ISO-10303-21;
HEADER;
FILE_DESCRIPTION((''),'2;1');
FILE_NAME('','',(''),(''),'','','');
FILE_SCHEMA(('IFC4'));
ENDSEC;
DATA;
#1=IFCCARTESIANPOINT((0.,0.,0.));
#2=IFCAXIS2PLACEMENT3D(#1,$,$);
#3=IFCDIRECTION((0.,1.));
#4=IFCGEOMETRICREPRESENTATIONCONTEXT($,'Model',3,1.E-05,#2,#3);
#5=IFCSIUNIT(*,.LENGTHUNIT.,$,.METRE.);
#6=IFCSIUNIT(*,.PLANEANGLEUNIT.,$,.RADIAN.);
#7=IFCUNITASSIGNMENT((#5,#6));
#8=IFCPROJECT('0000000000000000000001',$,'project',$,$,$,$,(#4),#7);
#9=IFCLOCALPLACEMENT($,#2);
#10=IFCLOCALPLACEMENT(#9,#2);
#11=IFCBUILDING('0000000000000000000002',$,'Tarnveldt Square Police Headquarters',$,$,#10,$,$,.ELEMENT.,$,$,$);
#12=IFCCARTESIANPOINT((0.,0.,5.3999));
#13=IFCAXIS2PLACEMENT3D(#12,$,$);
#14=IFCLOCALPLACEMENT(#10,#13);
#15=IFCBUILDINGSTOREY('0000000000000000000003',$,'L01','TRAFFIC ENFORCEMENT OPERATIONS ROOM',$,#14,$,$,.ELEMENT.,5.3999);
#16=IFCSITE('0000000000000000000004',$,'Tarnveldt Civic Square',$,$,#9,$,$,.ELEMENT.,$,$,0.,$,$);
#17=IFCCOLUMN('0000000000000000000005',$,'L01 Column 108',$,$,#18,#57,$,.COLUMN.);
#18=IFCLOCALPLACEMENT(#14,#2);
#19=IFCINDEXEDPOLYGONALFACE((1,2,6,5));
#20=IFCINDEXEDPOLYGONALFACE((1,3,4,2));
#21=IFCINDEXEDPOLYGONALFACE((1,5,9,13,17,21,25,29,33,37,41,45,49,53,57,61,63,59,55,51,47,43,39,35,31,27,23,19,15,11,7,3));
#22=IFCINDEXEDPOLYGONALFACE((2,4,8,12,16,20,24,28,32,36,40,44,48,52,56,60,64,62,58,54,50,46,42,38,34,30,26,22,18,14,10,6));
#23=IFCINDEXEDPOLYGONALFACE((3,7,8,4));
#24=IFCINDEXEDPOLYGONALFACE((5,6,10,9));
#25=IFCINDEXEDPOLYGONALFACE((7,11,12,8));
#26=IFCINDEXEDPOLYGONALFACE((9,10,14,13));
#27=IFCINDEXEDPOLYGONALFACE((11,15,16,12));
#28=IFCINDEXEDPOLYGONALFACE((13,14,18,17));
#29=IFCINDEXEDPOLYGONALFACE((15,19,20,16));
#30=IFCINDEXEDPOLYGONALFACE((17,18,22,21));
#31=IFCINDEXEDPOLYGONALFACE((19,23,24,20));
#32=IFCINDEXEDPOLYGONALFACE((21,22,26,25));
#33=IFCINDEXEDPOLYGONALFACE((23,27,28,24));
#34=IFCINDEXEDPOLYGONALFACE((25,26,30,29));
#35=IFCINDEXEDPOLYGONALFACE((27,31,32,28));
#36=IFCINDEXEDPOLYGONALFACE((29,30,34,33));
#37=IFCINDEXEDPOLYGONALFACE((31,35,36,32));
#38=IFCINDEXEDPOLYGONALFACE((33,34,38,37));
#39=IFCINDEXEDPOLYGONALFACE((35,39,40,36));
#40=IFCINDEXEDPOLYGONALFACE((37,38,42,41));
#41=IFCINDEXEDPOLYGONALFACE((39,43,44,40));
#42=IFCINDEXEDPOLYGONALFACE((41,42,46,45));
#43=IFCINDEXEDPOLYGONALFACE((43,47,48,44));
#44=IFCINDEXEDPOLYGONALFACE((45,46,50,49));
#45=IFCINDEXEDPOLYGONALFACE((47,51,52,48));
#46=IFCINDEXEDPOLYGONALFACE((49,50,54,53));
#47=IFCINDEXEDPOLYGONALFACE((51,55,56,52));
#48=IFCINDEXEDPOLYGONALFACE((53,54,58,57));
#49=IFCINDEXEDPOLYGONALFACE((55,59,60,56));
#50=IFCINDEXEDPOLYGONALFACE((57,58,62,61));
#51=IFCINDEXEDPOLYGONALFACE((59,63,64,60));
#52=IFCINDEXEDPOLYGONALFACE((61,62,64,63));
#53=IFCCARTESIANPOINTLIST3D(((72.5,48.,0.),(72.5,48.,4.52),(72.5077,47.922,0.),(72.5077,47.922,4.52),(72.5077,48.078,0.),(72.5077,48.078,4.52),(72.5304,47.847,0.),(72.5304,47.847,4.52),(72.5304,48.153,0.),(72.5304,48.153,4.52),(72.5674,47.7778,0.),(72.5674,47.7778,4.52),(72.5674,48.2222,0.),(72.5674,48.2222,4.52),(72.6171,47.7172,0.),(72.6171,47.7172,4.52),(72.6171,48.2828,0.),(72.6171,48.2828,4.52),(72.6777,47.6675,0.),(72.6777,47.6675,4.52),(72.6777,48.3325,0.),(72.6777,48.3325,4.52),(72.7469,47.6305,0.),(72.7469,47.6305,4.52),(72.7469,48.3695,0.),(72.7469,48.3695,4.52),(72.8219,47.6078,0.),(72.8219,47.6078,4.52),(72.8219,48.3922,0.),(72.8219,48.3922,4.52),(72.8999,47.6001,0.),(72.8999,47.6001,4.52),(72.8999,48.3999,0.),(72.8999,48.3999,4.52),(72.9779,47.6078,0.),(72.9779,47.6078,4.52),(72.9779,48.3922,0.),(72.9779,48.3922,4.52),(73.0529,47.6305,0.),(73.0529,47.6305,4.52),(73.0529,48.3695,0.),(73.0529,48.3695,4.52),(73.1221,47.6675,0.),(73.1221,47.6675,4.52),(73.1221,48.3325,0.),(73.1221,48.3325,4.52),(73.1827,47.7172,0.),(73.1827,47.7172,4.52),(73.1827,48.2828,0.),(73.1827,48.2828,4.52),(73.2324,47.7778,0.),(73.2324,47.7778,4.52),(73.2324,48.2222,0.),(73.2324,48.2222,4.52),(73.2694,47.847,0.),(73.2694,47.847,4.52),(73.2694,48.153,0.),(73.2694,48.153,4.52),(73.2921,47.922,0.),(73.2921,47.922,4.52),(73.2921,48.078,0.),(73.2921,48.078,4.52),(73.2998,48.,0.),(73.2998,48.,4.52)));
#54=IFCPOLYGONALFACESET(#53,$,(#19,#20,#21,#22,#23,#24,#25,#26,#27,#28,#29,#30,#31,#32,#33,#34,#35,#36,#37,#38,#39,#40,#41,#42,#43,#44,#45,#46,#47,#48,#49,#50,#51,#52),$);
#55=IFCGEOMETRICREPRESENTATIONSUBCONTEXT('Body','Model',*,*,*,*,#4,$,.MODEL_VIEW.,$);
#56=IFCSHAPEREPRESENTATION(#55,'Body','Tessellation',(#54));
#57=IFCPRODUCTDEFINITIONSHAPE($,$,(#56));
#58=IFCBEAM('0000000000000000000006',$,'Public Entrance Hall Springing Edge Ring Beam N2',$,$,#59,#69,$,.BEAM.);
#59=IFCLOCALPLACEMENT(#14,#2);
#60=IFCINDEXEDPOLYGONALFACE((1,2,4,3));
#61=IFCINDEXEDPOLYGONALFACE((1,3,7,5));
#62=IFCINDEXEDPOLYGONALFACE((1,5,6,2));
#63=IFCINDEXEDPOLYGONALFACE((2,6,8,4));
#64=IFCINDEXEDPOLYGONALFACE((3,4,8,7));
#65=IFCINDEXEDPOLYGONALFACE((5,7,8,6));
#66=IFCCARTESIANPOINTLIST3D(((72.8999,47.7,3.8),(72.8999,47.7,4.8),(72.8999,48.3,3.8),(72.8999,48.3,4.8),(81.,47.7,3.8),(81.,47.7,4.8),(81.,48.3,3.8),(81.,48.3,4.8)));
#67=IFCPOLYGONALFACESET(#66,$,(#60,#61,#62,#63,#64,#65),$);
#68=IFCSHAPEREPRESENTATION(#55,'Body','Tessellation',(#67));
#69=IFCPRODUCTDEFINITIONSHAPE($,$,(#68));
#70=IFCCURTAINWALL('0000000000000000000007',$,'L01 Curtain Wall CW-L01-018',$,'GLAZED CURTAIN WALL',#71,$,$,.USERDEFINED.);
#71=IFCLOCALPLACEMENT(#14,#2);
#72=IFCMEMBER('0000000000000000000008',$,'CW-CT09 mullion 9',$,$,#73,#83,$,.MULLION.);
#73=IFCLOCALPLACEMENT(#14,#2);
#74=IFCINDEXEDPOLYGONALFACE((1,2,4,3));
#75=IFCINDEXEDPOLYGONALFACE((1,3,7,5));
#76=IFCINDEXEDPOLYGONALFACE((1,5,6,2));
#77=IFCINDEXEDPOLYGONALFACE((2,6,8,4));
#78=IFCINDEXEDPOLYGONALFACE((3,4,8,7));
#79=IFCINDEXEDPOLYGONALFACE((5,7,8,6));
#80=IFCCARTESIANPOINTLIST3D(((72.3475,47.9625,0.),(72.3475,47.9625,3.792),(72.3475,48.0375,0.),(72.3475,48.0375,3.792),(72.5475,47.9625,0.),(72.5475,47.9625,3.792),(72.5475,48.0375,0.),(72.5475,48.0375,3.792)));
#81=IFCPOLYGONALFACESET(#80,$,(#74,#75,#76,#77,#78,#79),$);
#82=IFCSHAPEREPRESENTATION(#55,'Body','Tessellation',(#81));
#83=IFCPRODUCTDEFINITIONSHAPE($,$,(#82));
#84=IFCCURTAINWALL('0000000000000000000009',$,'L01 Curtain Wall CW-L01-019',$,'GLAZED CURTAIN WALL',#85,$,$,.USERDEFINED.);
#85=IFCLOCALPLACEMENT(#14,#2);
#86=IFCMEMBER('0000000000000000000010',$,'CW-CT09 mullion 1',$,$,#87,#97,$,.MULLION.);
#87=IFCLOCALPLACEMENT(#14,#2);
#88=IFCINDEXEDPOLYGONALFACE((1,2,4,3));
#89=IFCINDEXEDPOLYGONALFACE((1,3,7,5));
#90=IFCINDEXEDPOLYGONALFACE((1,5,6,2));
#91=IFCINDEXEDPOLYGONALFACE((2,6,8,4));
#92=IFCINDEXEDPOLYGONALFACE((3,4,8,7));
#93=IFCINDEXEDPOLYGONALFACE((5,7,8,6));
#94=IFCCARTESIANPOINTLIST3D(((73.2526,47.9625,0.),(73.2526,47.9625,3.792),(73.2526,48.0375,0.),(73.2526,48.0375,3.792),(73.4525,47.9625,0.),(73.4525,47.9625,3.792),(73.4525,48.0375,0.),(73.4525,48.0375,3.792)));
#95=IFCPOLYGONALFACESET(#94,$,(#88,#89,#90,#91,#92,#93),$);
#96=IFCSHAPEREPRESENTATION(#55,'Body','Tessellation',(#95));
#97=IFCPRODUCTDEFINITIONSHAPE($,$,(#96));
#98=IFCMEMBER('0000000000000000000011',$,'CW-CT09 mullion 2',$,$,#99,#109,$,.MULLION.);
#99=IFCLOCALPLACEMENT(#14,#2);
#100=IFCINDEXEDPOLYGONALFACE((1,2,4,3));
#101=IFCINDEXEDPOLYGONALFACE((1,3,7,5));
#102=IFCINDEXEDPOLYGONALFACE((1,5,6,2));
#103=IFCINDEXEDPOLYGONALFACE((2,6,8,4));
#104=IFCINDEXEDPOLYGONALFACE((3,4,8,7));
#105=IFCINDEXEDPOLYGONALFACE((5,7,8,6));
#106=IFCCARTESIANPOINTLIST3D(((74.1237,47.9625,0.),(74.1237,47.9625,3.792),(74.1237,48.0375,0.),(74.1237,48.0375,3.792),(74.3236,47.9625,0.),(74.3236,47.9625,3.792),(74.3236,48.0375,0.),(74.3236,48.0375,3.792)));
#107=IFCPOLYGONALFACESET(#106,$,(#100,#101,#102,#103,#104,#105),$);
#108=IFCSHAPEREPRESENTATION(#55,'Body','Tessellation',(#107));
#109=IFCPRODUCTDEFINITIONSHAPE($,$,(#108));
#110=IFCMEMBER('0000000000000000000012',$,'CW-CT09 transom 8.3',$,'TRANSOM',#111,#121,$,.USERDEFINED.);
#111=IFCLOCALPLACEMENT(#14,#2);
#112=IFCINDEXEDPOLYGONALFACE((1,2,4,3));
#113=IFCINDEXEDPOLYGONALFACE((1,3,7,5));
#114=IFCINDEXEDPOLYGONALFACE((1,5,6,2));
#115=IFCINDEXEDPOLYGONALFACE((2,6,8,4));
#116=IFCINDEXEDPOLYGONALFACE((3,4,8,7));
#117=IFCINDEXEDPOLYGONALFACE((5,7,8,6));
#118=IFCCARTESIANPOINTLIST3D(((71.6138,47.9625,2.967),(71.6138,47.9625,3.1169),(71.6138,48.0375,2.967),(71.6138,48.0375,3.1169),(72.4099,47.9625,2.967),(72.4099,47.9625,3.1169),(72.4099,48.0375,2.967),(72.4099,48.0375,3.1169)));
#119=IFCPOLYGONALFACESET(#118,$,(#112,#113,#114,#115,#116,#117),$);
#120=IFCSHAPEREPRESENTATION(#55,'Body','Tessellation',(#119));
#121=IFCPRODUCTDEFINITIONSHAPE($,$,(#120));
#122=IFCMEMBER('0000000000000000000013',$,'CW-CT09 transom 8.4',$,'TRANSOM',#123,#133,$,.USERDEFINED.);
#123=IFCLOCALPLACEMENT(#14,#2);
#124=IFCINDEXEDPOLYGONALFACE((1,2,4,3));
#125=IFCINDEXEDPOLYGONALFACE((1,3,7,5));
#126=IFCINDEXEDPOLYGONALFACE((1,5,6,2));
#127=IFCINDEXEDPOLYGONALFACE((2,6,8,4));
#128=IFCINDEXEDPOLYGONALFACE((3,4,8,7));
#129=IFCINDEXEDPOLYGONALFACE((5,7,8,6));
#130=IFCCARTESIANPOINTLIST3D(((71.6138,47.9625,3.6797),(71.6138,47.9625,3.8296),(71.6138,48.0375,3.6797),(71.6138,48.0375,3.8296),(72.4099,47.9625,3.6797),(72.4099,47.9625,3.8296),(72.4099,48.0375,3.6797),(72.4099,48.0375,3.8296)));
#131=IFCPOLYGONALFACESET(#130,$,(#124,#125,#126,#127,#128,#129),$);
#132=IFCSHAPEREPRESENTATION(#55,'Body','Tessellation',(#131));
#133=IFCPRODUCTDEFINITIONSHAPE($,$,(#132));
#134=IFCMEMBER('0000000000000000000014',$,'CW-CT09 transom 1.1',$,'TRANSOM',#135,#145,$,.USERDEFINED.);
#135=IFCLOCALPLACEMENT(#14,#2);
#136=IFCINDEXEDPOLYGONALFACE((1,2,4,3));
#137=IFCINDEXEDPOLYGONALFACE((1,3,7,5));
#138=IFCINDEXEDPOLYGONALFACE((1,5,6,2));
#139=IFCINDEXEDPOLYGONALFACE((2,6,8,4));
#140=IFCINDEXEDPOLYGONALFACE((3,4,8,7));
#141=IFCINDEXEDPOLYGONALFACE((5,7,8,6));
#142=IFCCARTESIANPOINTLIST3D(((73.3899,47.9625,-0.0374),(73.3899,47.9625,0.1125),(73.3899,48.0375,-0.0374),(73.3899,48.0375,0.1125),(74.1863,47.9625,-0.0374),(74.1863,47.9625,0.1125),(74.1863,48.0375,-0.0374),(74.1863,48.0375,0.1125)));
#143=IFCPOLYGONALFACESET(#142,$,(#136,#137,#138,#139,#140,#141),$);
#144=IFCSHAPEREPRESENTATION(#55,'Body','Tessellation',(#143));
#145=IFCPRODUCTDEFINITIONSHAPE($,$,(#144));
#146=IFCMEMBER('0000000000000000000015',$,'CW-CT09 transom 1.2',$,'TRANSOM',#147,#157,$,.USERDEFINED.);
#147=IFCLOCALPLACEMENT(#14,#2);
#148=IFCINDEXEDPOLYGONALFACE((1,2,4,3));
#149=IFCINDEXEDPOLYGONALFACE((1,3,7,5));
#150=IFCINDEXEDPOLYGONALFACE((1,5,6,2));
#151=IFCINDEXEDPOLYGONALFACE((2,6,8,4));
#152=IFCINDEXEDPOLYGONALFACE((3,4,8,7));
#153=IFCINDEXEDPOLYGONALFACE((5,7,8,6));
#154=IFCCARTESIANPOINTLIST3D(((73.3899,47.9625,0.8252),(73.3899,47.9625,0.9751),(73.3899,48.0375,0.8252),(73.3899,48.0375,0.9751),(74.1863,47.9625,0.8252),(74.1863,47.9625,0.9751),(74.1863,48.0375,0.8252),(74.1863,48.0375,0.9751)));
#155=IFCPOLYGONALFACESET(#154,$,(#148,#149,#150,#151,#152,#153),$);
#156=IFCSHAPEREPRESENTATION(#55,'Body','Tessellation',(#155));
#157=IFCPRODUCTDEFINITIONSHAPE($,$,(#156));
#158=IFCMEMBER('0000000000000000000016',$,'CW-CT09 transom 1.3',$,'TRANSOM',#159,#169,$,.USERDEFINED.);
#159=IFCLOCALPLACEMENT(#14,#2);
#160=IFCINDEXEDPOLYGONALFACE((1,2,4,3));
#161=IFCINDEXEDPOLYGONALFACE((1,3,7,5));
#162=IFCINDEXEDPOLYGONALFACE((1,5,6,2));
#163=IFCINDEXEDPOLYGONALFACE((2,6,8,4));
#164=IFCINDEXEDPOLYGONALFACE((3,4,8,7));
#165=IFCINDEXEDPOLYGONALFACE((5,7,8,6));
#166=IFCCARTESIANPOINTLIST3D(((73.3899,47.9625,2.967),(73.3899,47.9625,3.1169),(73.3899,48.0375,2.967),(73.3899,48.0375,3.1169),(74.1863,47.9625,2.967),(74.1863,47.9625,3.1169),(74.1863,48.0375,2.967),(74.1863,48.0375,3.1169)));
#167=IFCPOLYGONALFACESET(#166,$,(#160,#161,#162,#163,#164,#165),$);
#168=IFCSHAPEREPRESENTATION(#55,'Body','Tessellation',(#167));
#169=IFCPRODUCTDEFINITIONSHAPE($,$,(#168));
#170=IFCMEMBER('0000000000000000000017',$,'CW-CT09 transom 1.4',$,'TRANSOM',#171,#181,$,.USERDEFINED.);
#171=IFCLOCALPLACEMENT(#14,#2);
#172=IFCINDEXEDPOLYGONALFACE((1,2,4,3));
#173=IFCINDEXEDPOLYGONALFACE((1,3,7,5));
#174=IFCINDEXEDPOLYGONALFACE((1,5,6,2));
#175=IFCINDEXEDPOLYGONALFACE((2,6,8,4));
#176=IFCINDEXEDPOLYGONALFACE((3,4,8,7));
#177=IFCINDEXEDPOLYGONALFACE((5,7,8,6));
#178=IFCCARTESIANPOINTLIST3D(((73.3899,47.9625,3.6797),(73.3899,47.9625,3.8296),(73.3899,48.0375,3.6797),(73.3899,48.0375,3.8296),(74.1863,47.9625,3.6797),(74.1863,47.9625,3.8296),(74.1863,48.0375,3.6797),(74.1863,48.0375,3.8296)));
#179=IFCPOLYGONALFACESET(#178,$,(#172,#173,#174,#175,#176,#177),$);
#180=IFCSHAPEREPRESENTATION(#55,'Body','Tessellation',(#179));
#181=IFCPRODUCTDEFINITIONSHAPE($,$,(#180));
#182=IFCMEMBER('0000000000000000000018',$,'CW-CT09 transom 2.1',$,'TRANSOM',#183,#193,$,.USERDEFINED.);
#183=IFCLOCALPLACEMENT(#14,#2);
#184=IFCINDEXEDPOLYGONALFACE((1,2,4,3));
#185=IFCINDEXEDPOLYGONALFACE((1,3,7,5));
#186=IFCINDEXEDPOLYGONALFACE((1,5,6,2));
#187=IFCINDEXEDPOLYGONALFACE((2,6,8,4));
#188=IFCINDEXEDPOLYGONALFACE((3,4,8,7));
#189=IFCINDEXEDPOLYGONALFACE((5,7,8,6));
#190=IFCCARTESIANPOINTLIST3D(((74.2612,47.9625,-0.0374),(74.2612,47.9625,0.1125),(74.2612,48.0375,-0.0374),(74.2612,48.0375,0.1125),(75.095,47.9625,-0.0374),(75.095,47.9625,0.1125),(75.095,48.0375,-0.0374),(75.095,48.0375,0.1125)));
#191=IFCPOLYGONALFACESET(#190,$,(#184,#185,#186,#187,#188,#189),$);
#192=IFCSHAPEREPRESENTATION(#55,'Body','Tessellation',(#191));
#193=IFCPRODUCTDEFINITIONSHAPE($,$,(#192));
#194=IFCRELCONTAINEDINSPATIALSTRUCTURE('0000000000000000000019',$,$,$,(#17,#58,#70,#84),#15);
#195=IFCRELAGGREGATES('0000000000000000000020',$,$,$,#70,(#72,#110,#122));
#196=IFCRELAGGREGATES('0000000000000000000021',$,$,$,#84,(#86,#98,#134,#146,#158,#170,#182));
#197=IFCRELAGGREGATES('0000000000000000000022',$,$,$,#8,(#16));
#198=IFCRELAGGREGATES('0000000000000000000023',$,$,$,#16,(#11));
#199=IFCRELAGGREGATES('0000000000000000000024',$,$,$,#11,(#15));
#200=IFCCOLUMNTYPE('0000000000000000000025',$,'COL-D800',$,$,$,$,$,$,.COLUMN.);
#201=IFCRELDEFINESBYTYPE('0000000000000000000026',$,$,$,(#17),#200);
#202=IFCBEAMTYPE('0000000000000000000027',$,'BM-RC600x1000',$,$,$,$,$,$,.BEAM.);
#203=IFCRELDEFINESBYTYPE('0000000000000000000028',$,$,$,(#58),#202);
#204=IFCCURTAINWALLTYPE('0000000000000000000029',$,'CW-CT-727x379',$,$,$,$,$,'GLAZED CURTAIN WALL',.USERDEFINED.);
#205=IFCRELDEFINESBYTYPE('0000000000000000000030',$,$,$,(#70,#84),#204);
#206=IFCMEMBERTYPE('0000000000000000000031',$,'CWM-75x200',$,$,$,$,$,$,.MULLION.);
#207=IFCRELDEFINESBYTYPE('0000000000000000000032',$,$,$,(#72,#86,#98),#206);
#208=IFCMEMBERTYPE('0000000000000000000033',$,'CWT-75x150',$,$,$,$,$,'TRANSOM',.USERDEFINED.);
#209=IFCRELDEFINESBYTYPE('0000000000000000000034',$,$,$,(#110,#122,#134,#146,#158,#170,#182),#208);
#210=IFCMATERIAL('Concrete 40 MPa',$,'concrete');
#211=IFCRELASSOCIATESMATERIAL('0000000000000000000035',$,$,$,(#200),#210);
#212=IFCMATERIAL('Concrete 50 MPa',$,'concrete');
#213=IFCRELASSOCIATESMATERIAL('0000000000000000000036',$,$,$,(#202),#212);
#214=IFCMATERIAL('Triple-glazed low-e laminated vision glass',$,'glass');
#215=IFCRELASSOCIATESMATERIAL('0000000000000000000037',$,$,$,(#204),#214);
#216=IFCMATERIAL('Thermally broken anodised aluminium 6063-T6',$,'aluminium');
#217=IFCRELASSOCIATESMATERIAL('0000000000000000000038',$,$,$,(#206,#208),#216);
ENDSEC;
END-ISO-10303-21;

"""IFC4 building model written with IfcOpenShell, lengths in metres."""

from ifc_helpers import new_model, si_unit, direction, frame, origin, origin_2d, place, context, subcontext, project, spatial, rectangle, circle, extrude, material, material_profile, profile_set, type_object, element, aggregate, save


model = new_model("IFC4")

# Units and contexts
model_context = context("Model", 3, precision=1e-05, world=origin(), true_north=direction((0.0, 1.0)))
body_context = subcontext(model_context, "Body", "Model", "MODEL_VIEW")
ifc_project = project(units=[si_unit("LENGTHUNIT", "METRE"), si_unit("PLANEANGLEUNIT", "RADIAN")], contexts=[model_context])

# Site, building, storey
site_placement = place(None, origin())
site = spatial("IfcSite", under=ifc_project, at=site_placement, Name="Tarnveldt Civic Square", CompositionType="ELEMENT", RefElevation=0.0)
building_placement = place(site_placement, origin())
building = spatial("IfcBuilding", under=site, at=building_placement, Name="Tarnveldt Square Police Headquarters", CompositionType="ELEMENT")
storey_placement = place(building_placement, frame((0.0, 0.0, 5.3999)))
storey = spatial("IfcBuildingStorey", under=building, at=storey_placement, Name="L01", Description="TRAFFIC ENFORCEMENT OPERATIONS ROOM", CompositionType="ELEMENT", Elevation=5.3999)

# Column
ifc_material_1 = material(Name="Concrete 40 MPa", Category="concrete")
ifc_material_profile_1 = material_profile(ifc_material_1, circle(Radius=0.3999, at=origin_2d()), Name="RC-D800")
ifc_profile_set_1 = profile_set([ifc_material_profile_1], Name="Concrete 40 MPa")
column_type = type_object("IfcColumnType", Name="COL-D800", PredefinedType="COLUMN", material=ifc_profile_set_1)
column_placement = place(storey_placement, frame((72.8999, 48.0, 0.0), z_axis=(0.0, 0.0, 1.0), x_axis=(1.0, 0.0, 0.0)))
element("IfcColumn", 1, at=column_placement, inside=storey, type_object=column_type, Name="L01 Column 108", PredefinedType="COLUMN", context=body_context, shape_type="SweptSolid", body=[
    extrude(circle(Radius=0.3999, at=origin_2d()), origin(), (0.0, 0.0, 1.0), 4.52),
])

# Beam
ifc_material_2 = material(Name="Concrete 50 MPa", Category="concrete")
ifc_material_profile_2 = material_profile(ifc_material_2, rectangle(XDim=0.6001, YDim=1.0, at=origin_2d()), Name="RC-B600x1000")
ifc_profile_set_2 = profile_set([ifc_material_profile_2], Name="Concrete 50 MPa")
beam_type = type_object("IfcBeamType", Name="BM-RC600x1000", PredefinedType="BEAM", material=ifc_profile_set_2)
beam_placement = place(storey_placement, frame((72.8999, 48.0, 4.3), z_axis=(1.0, 0.0, 0.0), x_axis=(0.0, 1.0, 0.0)))
element("IfcBeam", 2, at=beam_placement, inside=storey, type_object=beam_type, Name="Public Entrance Hall Springing Edge Ring Beam N2", PredefinedType="BEAM", context=body_context, shape_type="SweptSolid", body=[
    extrude(rectangle(XDim=0.6001, YDim=1.0, at=origin_2d()), origin(), (0.0, 0.0, 1.0), 8.1001),
])

# Curtain wall, member
ifc_material_3 = material(Name="Triple-glazed low-e laminated vision glass", Category="glass")
curtain_wall_type = type_object("IfcCurtainWallType", Name="CW-CT-727x379", ElementType="GLAZED CURTAIN WALL", PredefinedType="USERDEFINED", material=ifc_material_3)
curtain_wall_1_placement = place(storey_placement, origin())
curtain_wall_1 = element("IfcCurtainWall", 3, at=curtain_wall_1_placement, inside=storey, type_object=curtain_wall_type, Name="L01 Curtain Wall CW-L01-018", ObjectType="GLAZED CURTAIN WALL", PredefinedType="USERDEFINED")
ifc_material_4 = material(Name="Thermally broken anodised aluminium 6063-T6", Category="aluminium")
ifc_material_profile_3 = material_profile(ifc_material_4, rectangle(XDim=0.075, YDim=0.2, at=origin_2d()), Name="CW-M75x200")
ifc_profile_set_3 = profile_set([ifc_material_profile_3], Name="Thermally broken anodised aluminium 6063-T6")
member_type_1 = type_object("IfcMemberType", Name="CWM-75x200", PredefinedType="MULLION", material=ifc_profile_set_3)
member_1_placement = place(storey_placement, frame((72.4475, 48.0, 0.0), z_axis=(0.0, 0.0, 1.0), x_axis=(0.0, 1.0, 0.0)))
member_1 = element("IfcMember", 4, at=member_1_placement, type_object=member_type_1, Name="CW-CT09 mullion 9", PredefinedType="MULLION", context=body_context, shape_type="SweptSolid", body=[
    extrude(rectangle(XDim=0.075, YDim=0.2, at=origin_2d()), origin(), (0.0, 0.0, 1.0), 3.792),
])

# Curtain wall, members
curtain_wall_2_placement = place(storey_placement, origin())
curtain_wall_2 = element("IfcCurtainWall", 5, at=curtain_wall_2_placement, inside=storey, type_object=curtain_wall_type, Name="L01 Curtain Wall CW-L01-019", ObjectType="GLAZED CURTAIN WALL", PredefinedType="USERDEFINED")
member_2_placement = place(storey_placement, frame((73.3525, 48.0, 0.0), z_axis=(0.0, 0.0, 1.0), x_axis=(0.0, 1.0, 0.0)))
member_2 = element("IfcMember", 6, at=member_2_placement, type_object=member_type_1, Name="CW-CT09 mullion 1", PredefinedType="MULLION", context=body_context, shape_type="SweptSolid", body=[
    extrude(rectangle(XDim=0.075, YDim=0.2, at=origin_2d()), origin(), (0.0, 0.0, 1.0), 3.792),
])
member_3_placement = place(storey_placement, frame((74.2236, 48.0, 0.0), z_axis=(0.0, 0.0, 1.0), x_axis=(0.0, 1.0, 0.0)))
member_3 = element("IfcMember", 7, at=member_3_placement, type_object=member_type_1, Name="CW-CT09 mullion 2", PredefinedType="MULLION", context=body_context, shape_type="SweptSolid", body=[
    extrude(rectangle(XDim=0.075, YDim=0.2, at=origin_2d()), origin(), (0.0, 0.0, 1.0), 3.792),
])

# Members
ifc_material_profile_4 = material_profile(ifc_material_4, rectangle(XDim=0.075, YDim=0.1499, at=origin_2d()), Name="CW-T75x150")
ifc_profile_set_4 = profile_set([ifc_material_profile_4], Name="Thermally broken anodised aluminium 6063-T6")
member_type_2 = type_object("IfcMemberType", Name="CWT-75x150", ElementType="TRANSOM", PredefinedType="USERDEFINED", material=ifc_profile_set_4)
member_4_placement = place(storey_placement, frame((71.6138, 48.0, 3.042), z_axis=(1.0, 0.0, 0.0), x_axis=(0.0, 1.0, 0.0)))
member_4 = element("IfcMember", 8, at=member_4_placement, type_object=member_type_2, Name="CW-CT09 transom 8.3", ObjectType="TRANSOM", PredefinedType="USERDEFINED", context=body_context, shape_type="SweptSolid", body=[
    extrude(rectangle(XDim=0.075, YDim=0.1499, at=origin_2d()), origin(), (0.0, 0.0, 1.0), 0.7961),
])
member_5_placement = place(storey_placement, frame((71.6138, 48.0, 3.7546), z_axis=(1.0, 0.0, 0.0), x_axis=(0.0, 1.0, 0.0)))
member_5 = element("IfcMember", 9, at=member_5_placement, type_object=member_type_2, Name="CW-CT09 transom 8.4", ObjectType="TRANSOM", PredefinedType="USERDEFINED", context=body_context, shape_type="SweptSolid", body=[
    extrude(rectangle(XDim=0.075, YDim=0.1499, at=origin_2d()), origin(), (0.0, 0.0, 1.0), 0.7961),
])
member_6_placement = place(storey_placement, frame((73.3899, 48.0, 0.0376), z_axis=(1.0, 0.0, 0.0), x_axis=(0.0, 1.0, 0.0)))
member_6 = element("IfcMember", 10, at=member_6_placement, type_object=member_type_2, Name="CW-CT09 transom 1.1", ObjectType="TRANSOM", PredefinedType="USERDEFINED", context=body_context, shape_type="SweptSolid", body=[
    extrude(rectangle(XDim=0.075, YDim=0.1499, at=origin_2d()), origin(), (0.0, 0.0, 1.0), 0.7964),
])
member_7_placement = place(storey_placement, frame((73.3899, 48.0, 0.9001), z_axis=(1.0, 0.0, 0.0), x_axis=(0.0, 1.0, 0.0)))
member_7 = element("IfcMember", 11, at=member_7_placement, type_object=member_type_2, Name="CW-CT09 transom 1.2", ObjectType="TRANSOM", PredefinedType="USERDEFINED", context=body_context, shape_type="SweptSolid", body=[
    extrude(rectangle(XDim=0.075, YDim=0.1499, at=origin_2d()), origin(), (0.0, 0.0, 1.0), 0.7964),
])
member_8_placement = place(storey_placement, frame((73.3899, 48.0, 3.042), z_axis=(1.0, 0.0, 0.0), x_axis=(0.0, 1.0, 0.0)))
member_8 = element("IfcMember", 12, at=member_8_placement, type_object=member_type_2, Name="CW-CT09 transom 1.3", ObjectType="TRANSOM", PredefinedType="USERDEFINED", context=body_context, shape_type="SweptSolid", body=[
    extrude(rectangle(XDim=0.075, YDim=0.1499, at=origin_2d()), origin(), (0.0, 0.0, 1.0), 0.7964),
])
member_9_placement = place(storey_placement, frame((73.3899, 48.0, 3.7546), z_axis=(1.0, 0.0, 0.0), x_axis=(0.0, 1.0, 0.0)))
member_9 = element("IfcMember", 13, at=member_9_placement, type_object=member_type_2, Name="CW-CT09 transom 1.4", ObjectType="TRANSOM", PredefinedType="USERDEFINED", context=body_context, shape_type="SweptSolid", body=[
    extrude(rectangle(XDim=0.075, YDim=0.1499, at=origin_2d()), origin(), (0.0, 0.0, 1.0), 0.7964),
])
member_10_placement = place(storey_placement, frame((74.2612, 48.0, 0.0376), z_axis=(1.0, 0.0, 0.0), x_axis=(0.0, 1.0, 0.0)))
member_10 = element("IfcMember", 14, at=member_10_placement, type_object=member_type_2, Name="CW-CT09 transom 2.1", ObjectType="TRANSOM", PredefinedType="USERDEFINED", context=body_context, shape_type="SweptSolid", body=[
    extrude(rectangle(XDim=0.075, YDim=0.1499, at=origin_2d()), origin(), (0.0, 0.0, 1.0), 0.8337),
])

aggregate(curtain_wall_1, [member_1, member_4, member_5])
aggregate(curtain_wall_2, [member_2, member_3, member_6, member_7, member_8, member_9, member_10])

save(model, "model.ifc")
